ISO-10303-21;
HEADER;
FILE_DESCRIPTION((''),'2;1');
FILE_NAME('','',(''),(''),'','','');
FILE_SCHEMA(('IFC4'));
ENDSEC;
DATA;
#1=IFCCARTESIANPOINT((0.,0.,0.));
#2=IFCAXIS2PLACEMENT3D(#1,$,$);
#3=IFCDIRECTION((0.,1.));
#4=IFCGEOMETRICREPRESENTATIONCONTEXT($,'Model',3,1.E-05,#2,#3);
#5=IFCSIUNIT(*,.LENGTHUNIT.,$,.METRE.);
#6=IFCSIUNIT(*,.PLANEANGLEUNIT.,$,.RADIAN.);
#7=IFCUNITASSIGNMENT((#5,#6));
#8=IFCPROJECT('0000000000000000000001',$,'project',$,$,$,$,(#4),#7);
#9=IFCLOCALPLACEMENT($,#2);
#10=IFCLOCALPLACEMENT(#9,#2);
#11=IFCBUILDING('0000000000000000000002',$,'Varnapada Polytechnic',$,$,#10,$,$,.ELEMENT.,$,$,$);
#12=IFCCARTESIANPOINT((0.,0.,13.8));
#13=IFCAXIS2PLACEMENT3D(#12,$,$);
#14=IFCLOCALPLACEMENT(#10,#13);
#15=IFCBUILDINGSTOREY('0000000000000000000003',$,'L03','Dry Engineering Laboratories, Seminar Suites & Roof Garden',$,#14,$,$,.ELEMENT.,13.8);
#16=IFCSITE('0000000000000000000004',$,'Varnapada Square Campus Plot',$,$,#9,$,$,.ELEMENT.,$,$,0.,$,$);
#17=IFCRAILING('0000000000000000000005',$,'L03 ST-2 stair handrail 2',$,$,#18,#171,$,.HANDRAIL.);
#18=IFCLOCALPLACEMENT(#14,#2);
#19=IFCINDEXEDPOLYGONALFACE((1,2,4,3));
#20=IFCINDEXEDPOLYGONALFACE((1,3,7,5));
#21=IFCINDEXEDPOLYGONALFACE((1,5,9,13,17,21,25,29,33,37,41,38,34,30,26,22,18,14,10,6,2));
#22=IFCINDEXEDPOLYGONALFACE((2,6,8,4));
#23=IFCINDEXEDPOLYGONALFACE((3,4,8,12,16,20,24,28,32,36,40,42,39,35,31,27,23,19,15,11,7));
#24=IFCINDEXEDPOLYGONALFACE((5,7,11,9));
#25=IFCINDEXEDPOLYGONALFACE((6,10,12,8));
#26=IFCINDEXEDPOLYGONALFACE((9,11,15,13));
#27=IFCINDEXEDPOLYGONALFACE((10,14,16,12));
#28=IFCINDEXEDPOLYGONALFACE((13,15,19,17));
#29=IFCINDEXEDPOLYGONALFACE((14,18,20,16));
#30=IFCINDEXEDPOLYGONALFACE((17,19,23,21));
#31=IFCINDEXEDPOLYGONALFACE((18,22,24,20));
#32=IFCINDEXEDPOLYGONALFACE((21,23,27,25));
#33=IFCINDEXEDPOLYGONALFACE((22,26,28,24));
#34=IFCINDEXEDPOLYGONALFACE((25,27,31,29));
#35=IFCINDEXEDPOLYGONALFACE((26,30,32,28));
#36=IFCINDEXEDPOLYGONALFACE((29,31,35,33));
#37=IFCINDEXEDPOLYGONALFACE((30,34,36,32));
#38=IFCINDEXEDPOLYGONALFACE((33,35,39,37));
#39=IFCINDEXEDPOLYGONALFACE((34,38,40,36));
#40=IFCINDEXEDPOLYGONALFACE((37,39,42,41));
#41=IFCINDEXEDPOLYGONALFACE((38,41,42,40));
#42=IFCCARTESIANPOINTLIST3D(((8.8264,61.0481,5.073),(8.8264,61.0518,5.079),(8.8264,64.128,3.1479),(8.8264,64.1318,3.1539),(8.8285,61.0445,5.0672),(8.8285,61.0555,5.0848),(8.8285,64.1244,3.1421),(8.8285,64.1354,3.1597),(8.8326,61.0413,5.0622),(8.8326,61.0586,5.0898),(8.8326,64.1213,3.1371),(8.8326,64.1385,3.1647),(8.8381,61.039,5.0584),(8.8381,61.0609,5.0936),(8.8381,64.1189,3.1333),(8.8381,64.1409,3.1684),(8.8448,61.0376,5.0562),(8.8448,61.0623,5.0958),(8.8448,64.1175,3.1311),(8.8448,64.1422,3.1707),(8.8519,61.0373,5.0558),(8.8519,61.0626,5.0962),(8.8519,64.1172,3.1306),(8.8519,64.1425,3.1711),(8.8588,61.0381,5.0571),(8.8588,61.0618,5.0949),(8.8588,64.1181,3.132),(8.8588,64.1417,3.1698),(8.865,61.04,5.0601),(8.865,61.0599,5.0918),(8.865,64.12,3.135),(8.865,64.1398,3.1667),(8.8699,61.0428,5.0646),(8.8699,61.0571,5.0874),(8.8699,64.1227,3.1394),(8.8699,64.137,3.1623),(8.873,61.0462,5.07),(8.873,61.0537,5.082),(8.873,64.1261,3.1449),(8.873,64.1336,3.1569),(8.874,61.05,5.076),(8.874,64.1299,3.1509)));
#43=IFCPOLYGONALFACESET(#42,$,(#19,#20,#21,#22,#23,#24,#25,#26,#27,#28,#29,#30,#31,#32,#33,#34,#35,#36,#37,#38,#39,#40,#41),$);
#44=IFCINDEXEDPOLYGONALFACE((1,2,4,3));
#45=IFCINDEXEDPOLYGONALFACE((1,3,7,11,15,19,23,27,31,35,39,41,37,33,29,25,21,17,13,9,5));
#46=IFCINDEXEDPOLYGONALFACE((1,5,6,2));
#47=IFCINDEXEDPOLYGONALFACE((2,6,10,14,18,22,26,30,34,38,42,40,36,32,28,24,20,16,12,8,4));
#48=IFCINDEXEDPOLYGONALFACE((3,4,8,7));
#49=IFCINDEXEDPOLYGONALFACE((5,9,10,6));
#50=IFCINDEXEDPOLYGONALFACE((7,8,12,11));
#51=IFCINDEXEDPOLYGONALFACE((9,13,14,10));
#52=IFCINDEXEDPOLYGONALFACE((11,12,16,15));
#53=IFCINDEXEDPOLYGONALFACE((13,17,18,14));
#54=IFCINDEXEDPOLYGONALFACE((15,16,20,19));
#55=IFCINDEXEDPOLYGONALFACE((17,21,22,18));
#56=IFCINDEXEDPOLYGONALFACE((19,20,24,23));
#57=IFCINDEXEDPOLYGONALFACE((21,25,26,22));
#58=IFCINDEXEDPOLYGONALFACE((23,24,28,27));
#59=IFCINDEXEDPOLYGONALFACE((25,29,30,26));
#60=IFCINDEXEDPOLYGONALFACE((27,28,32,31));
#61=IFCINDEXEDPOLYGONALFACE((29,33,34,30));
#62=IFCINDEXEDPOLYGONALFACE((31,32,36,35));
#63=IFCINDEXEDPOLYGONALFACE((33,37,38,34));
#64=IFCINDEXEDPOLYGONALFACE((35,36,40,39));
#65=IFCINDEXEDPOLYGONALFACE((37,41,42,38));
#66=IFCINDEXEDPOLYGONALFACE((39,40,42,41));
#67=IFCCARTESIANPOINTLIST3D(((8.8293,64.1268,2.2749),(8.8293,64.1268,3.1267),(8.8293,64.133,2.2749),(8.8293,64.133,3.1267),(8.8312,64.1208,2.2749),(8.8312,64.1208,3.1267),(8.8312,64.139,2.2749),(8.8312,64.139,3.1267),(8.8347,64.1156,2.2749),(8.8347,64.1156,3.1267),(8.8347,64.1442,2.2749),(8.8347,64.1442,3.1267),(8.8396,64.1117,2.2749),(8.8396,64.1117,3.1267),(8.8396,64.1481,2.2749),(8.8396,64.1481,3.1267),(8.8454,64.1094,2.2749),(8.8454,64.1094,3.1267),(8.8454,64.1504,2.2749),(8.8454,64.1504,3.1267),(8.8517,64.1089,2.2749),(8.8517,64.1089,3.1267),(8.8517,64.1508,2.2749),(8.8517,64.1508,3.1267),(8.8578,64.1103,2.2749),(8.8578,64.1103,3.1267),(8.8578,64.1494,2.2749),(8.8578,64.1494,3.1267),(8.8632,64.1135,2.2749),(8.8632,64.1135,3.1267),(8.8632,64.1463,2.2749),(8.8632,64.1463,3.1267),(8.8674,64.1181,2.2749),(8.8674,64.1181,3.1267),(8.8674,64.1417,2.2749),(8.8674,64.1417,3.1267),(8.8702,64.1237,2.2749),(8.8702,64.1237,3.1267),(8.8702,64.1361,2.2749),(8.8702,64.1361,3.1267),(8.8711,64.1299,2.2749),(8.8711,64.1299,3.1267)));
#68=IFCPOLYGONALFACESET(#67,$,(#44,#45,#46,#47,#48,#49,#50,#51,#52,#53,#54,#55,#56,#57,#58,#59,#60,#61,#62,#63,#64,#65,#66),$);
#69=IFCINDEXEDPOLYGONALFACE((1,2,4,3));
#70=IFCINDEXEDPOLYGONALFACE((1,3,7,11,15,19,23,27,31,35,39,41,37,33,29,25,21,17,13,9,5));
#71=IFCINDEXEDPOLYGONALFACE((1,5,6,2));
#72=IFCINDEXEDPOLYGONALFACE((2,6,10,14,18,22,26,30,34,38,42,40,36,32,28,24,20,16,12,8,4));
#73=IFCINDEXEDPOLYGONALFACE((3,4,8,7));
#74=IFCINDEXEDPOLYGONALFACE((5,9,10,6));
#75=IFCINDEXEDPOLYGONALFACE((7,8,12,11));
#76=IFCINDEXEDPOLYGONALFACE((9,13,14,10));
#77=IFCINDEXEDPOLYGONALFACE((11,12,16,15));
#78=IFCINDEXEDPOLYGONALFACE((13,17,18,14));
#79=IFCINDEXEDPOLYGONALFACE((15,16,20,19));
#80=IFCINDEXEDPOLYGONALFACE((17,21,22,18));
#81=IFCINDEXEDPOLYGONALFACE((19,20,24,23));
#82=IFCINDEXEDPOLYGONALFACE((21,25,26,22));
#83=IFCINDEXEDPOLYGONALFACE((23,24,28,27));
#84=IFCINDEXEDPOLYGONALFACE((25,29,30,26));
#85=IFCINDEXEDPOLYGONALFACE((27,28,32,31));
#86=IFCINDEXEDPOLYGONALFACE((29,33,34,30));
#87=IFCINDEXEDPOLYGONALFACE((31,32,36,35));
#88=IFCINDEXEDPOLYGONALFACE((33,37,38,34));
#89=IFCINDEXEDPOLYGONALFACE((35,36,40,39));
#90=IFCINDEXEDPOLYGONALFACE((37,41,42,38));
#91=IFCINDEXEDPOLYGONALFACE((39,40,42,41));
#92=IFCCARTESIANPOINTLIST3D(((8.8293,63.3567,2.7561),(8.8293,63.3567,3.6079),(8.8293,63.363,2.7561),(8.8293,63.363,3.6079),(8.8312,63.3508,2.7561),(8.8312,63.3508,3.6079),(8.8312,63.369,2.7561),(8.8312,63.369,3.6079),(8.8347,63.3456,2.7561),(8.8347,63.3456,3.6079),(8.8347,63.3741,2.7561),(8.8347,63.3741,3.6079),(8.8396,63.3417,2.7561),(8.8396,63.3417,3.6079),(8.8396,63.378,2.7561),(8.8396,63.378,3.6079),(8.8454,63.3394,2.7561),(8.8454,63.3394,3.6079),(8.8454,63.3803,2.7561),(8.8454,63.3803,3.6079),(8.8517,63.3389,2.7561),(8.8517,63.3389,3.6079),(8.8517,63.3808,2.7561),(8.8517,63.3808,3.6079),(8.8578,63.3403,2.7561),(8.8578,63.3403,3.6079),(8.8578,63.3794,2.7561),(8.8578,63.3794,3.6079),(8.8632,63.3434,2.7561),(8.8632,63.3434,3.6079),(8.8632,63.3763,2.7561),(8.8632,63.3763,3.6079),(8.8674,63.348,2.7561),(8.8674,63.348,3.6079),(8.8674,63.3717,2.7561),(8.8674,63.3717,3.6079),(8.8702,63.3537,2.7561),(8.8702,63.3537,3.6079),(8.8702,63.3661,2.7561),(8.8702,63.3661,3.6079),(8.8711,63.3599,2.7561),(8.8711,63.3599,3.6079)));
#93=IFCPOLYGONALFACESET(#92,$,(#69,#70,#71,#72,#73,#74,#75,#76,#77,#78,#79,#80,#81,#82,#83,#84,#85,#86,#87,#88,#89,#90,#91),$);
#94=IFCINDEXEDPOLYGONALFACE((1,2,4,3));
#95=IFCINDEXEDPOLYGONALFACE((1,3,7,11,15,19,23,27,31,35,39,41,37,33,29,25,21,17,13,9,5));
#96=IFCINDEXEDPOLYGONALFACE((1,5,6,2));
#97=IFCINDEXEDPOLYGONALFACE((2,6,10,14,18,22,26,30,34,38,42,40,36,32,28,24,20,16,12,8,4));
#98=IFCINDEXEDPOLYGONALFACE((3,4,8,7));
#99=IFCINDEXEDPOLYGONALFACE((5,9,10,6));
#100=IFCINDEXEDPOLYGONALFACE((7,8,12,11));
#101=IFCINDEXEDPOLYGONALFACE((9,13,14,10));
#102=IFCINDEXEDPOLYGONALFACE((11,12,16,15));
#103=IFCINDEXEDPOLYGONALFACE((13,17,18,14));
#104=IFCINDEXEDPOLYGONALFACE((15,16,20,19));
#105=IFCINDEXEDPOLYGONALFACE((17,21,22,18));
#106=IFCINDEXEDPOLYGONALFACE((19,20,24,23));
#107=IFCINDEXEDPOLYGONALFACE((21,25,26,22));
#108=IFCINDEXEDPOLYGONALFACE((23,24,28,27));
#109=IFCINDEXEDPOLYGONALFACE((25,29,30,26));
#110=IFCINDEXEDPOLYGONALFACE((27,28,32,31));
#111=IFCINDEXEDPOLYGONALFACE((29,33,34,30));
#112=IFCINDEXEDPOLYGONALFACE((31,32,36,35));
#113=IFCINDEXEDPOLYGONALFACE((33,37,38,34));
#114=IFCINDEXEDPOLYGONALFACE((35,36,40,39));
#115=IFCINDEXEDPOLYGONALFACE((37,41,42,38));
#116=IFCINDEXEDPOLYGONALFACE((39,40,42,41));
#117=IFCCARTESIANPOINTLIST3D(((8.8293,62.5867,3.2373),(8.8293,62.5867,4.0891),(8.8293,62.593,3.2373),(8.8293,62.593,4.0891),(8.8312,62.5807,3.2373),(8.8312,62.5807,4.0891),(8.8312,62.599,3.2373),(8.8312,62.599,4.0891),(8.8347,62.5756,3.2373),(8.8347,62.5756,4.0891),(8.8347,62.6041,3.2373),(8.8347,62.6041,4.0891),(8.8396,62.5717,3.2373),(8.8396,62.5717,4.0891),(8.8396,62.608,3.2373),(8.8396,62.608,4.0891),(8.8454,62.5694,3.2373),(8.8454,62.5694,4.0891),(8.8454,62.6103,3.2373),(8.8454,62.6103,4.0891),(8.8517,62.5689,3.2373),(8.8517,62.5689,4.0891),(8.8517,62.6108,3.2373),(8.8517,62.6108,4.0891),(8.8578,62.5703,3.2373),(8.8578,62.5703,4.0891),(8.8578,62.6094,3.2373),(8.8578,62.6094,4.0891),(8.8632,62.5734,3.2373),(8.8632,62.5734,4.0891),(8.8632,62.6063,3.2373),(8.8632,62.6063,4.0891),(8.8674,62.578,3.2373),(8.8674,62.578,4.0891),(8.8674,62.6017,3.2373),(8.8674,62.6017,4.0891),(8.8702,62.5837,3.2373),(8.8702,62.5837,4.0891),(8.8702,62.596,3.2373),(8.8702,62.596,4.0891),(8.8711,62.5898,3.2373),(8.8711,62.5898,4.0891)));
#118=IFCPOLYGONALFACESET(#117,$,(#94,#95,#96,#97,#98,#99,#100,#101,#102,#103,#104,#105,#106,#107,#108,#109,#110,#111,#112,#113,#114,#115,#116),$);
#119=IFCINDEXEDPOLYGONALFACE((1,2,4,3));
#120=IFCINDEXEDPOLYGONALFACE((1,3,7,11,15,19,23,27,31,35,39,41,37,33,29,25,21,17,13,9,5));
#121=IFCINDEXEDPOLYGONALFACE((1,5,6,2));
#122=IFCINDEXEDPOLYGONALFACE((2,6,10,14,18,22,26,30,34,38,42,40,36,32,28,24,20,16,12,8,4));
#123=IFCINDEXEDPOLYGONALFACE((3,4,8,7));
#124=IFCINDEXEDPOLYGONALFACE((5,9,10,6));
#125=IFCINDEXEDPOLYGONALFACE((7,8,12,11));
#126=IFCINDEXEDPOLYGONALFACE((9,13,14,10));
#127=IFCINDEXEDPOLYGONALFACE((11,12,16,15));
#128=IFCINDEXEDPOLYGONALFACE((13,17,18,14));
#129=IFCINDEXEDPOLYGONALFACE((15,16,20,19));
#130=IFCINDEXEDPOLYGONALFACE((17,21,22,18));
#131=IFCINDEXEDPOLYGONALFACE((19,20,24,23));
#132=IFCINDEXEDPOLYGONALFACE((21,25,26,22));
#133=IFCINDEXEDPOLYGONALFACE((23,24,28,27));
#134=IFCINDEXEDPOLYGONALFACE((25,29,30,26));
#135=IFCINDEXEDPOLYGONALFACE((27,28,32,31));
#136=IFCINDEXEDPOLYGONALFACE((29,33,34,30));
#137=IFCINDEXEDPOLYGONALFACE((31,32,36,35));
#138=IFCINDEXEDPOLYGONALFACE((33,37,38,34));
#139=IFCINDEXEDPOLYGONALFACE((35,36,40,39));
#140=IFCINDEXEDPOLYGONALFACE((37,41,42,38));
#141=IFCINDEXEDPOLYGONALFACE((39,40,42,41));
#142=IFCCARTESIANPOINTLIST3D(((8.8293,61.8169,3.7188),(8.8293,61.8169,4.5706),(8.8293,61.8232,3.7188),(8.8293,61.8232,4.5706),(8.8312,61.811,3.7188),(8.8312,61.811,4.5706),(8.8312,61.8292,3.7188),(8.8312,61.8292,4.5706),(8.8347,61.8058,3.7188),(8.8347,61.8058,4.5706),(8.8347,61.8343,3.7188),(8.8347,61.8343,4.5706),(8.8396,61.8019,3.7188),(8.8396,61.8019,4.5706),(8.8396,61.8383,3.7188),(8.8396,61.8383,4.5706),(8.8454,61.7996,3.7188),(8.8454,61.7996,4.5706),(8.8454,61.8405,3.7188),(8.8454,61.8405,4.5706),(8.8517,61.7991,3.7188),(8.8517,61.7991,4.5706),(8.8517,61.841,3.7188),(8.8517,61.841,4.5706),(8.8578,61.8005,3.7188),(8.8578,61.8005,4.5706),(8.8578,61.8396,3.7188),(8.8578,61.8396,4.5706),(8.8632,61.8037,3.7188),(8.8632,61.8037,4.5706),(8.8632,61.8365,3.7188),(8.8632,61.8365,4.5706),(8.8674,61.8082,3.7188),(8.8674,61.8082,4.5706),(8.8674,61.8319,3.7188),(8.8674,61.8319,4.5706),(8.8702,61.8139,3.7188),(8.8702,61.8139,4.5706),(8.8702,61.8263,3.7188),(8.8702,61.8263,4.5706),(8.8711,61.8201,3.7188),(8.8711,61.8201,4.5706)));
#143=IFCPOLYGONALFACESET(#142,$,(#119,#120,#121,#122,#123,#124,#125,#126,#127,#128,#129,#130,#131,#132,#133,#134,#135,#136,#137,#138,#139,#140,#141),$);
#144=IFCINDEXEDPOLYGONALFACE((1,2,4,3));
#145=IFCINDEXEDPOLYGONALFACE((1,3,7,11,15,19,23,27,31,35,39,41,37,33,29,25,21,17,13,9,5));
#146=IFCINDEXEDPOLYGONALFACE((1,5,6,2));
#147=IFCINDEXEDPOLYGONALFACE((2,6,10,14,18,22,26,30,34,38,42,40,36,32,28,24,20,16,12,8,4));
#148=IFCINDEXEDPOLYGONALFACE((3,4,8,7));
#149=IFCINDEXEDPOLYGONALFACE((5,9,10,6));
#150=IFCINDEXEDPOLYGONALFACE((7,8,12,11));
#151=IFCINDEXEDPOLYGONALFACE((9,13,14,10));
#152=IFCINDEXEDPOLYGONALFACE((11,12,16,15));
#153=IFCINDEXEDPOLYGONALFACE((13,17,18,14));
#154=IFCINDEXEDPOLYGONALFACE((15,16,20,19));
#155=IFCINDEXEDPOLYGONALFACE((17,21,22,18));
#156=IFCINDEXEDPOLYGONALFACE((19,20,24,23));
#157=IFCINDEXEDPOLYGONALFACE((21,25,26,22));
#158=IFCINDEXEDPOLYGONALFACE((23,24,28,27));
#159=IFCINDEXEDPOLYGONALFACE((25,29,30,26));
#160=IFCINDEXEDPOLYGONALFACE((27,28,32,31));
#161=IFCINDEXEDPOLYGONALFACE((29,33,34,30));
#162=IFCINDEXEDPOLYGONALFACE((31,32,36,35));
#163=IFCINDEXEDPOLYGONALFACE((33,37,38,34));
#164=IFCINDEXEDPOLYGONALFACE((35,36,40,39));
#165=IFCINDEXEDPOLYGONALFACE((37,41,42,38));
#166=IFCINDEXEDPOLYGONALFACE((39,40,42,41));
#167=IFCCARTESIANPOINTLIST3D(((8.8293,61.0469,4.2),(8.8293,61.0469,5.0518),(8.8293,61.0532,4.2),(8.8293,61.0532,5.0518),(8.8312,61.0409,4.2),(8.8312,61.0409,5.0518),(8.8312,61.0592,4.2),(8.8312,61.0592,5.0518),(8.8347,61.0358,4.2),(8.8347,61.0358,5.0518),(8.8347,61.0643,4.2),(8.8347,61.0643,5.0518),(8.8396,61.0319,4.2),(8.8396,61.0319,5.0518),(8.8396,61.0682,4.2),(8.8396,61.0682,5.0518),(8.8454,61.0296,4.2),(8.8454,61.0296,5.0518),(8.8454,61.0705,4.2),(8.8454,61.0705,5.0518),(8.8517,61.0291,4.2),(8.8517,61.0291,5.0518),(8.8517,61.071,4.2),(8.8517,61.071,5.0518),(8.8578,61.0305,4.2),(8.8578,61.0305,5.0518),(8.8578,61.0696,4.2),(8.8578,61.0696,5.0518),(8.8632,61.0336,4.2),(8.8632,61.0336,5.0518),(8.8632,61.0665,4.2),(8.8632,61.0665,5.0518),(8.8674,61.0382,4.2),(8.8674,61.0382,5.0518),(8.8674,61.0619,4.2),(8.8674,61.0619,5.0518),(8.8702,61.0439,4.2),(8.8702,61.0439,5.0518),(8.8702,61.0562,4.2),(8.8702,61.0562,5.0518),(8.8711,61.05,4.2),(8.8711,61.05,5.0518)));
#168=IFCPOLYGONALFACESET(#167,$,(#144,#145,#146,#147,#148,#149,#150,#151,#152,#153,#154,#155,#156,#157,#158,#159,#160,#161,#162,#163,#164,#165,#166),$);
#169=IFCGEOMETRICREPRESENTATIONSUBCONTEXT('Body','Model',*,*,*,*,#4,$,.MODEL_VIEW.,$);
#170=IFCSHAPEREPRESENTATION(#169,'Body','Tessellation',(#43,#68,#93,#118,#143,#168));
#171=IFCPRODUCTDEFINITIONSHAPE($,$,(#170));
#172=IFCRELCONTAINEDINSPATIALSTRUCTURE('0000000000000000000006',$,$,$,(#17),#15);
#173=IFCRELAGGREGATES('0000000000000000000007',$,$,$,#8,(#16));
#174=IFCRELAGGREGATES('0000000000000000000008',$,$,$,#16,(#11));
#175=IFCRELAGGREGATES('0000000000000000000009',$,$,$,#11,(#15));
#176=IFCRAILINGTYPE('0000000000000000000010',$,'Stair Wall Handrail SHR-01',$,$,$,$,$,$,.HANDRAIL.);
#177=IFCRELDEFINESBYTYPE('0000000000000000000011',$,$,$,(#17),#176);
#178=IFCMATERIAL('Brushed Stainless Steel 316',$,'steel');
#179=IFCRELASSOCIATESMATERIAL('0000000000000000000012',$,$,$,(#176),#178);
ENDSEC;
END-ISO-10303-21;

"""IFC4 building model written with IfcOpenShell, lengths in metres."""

from ifc_helpers import new_model, si_unit, direction, frame, origin, origin_2d, place, context, subcontext, project, spatial, circle, extrude, material, type_object, element, save


model = new_model("IFC4")

# Units and contexts
model_context = context("Model", 3, precision=1e-05, world=origin(), true_north=direction((0.0, 1.0)))
body_context = subcontext(model_context, "Body", "Model", "MODEL_VIEW")
ifc_project = project(units=[si_unit("LENGTHUNIT", "METRE"), si_unit("PLANEANGLEUNIT", "RADIAN")], contexts=[model_context])

# Site, building, storey
site_placement = place(None, origin())
site = spatial("IfcSite", under=ifc_project, at=site_placement, Name="Varnapada Square Campus Plot", CompositionType="ELEMENT", RefElevation=0.0)
building_placement = place(site_placement, origin())
building = spatial("IfcBuilding", under=site, at=building_placement, Name="Varnapada Polytechnic", CompositionType="ELEMENT")
storey_placement = place(building_placement, frame((0.0, 0.0, 13.8)))
storey = spatial("IfcBuildingStorey", under=building, at=storey_placement, Name="L03", Description="Dry Engineering Laboratories, Seminar Suites & Roof Garden", CompositionType="ELEMENT", Elevation=13.8)

# Shared definitions
ifc_material_1 = material(Name="Brushed Stainless Steel 316", Category="steel")

# Railing
railing_type_1 = type_object("IfcRailingType", Name="Stair Wall Handrail SHR-01", PredefinedType="HANDRAIL", material=ifc_material_1)
railing_1_placement = place(storey_placement, frame((8.8501, 64.1299, 2.2749)))
element("IfcRailing", 1, at=railing_1_placement, inside=storey, type_object=railing_type_1, Name="L03 ST-2 stair handrail 2", PredefinedType="HANDRAIL", context=body_context, shape_type="SweptSolid", body=[
    extrude(circle(Radius=0.0239, at=origin_2d()), frame((0.0, 0.0, 0.876), z_axis=(0.0, -0.847979, 0.530029), x_axis=(1.0, 0.0, 0.0)), (0.0, 0.0, 1.0), 3.6321),
    extrude(circle(Radius=0.021, at=origin_2d()), origin(), (0.0, 0.0, 1.0), 0.8518),
    extrude(circle(Radius=0.021, at=origin_2d()), frame((0.0, -0.77, 0.4812)), (0.0, 0.0, 1.0), 0.8518),
    extrude(circle(Radius=0.021, at=origin_2d()), frame((0.0, -1.54, 0.9624)), (0.0, 0.0, 1.0), 0.8518),
    extrude(circle(Radius=0.021, at=origin_2d()), frame((0.0, -2.3098, 1.4438)), (0.0, 0.0, 1.0), 0.8518),
    extrude(circle(Radius=0.021, at=origin_2d()), frame((0.0, -3.0798, 1.925)), (0.0, 0.0, 1.0), 0.8518),
])

save(model, "model.ifc")
